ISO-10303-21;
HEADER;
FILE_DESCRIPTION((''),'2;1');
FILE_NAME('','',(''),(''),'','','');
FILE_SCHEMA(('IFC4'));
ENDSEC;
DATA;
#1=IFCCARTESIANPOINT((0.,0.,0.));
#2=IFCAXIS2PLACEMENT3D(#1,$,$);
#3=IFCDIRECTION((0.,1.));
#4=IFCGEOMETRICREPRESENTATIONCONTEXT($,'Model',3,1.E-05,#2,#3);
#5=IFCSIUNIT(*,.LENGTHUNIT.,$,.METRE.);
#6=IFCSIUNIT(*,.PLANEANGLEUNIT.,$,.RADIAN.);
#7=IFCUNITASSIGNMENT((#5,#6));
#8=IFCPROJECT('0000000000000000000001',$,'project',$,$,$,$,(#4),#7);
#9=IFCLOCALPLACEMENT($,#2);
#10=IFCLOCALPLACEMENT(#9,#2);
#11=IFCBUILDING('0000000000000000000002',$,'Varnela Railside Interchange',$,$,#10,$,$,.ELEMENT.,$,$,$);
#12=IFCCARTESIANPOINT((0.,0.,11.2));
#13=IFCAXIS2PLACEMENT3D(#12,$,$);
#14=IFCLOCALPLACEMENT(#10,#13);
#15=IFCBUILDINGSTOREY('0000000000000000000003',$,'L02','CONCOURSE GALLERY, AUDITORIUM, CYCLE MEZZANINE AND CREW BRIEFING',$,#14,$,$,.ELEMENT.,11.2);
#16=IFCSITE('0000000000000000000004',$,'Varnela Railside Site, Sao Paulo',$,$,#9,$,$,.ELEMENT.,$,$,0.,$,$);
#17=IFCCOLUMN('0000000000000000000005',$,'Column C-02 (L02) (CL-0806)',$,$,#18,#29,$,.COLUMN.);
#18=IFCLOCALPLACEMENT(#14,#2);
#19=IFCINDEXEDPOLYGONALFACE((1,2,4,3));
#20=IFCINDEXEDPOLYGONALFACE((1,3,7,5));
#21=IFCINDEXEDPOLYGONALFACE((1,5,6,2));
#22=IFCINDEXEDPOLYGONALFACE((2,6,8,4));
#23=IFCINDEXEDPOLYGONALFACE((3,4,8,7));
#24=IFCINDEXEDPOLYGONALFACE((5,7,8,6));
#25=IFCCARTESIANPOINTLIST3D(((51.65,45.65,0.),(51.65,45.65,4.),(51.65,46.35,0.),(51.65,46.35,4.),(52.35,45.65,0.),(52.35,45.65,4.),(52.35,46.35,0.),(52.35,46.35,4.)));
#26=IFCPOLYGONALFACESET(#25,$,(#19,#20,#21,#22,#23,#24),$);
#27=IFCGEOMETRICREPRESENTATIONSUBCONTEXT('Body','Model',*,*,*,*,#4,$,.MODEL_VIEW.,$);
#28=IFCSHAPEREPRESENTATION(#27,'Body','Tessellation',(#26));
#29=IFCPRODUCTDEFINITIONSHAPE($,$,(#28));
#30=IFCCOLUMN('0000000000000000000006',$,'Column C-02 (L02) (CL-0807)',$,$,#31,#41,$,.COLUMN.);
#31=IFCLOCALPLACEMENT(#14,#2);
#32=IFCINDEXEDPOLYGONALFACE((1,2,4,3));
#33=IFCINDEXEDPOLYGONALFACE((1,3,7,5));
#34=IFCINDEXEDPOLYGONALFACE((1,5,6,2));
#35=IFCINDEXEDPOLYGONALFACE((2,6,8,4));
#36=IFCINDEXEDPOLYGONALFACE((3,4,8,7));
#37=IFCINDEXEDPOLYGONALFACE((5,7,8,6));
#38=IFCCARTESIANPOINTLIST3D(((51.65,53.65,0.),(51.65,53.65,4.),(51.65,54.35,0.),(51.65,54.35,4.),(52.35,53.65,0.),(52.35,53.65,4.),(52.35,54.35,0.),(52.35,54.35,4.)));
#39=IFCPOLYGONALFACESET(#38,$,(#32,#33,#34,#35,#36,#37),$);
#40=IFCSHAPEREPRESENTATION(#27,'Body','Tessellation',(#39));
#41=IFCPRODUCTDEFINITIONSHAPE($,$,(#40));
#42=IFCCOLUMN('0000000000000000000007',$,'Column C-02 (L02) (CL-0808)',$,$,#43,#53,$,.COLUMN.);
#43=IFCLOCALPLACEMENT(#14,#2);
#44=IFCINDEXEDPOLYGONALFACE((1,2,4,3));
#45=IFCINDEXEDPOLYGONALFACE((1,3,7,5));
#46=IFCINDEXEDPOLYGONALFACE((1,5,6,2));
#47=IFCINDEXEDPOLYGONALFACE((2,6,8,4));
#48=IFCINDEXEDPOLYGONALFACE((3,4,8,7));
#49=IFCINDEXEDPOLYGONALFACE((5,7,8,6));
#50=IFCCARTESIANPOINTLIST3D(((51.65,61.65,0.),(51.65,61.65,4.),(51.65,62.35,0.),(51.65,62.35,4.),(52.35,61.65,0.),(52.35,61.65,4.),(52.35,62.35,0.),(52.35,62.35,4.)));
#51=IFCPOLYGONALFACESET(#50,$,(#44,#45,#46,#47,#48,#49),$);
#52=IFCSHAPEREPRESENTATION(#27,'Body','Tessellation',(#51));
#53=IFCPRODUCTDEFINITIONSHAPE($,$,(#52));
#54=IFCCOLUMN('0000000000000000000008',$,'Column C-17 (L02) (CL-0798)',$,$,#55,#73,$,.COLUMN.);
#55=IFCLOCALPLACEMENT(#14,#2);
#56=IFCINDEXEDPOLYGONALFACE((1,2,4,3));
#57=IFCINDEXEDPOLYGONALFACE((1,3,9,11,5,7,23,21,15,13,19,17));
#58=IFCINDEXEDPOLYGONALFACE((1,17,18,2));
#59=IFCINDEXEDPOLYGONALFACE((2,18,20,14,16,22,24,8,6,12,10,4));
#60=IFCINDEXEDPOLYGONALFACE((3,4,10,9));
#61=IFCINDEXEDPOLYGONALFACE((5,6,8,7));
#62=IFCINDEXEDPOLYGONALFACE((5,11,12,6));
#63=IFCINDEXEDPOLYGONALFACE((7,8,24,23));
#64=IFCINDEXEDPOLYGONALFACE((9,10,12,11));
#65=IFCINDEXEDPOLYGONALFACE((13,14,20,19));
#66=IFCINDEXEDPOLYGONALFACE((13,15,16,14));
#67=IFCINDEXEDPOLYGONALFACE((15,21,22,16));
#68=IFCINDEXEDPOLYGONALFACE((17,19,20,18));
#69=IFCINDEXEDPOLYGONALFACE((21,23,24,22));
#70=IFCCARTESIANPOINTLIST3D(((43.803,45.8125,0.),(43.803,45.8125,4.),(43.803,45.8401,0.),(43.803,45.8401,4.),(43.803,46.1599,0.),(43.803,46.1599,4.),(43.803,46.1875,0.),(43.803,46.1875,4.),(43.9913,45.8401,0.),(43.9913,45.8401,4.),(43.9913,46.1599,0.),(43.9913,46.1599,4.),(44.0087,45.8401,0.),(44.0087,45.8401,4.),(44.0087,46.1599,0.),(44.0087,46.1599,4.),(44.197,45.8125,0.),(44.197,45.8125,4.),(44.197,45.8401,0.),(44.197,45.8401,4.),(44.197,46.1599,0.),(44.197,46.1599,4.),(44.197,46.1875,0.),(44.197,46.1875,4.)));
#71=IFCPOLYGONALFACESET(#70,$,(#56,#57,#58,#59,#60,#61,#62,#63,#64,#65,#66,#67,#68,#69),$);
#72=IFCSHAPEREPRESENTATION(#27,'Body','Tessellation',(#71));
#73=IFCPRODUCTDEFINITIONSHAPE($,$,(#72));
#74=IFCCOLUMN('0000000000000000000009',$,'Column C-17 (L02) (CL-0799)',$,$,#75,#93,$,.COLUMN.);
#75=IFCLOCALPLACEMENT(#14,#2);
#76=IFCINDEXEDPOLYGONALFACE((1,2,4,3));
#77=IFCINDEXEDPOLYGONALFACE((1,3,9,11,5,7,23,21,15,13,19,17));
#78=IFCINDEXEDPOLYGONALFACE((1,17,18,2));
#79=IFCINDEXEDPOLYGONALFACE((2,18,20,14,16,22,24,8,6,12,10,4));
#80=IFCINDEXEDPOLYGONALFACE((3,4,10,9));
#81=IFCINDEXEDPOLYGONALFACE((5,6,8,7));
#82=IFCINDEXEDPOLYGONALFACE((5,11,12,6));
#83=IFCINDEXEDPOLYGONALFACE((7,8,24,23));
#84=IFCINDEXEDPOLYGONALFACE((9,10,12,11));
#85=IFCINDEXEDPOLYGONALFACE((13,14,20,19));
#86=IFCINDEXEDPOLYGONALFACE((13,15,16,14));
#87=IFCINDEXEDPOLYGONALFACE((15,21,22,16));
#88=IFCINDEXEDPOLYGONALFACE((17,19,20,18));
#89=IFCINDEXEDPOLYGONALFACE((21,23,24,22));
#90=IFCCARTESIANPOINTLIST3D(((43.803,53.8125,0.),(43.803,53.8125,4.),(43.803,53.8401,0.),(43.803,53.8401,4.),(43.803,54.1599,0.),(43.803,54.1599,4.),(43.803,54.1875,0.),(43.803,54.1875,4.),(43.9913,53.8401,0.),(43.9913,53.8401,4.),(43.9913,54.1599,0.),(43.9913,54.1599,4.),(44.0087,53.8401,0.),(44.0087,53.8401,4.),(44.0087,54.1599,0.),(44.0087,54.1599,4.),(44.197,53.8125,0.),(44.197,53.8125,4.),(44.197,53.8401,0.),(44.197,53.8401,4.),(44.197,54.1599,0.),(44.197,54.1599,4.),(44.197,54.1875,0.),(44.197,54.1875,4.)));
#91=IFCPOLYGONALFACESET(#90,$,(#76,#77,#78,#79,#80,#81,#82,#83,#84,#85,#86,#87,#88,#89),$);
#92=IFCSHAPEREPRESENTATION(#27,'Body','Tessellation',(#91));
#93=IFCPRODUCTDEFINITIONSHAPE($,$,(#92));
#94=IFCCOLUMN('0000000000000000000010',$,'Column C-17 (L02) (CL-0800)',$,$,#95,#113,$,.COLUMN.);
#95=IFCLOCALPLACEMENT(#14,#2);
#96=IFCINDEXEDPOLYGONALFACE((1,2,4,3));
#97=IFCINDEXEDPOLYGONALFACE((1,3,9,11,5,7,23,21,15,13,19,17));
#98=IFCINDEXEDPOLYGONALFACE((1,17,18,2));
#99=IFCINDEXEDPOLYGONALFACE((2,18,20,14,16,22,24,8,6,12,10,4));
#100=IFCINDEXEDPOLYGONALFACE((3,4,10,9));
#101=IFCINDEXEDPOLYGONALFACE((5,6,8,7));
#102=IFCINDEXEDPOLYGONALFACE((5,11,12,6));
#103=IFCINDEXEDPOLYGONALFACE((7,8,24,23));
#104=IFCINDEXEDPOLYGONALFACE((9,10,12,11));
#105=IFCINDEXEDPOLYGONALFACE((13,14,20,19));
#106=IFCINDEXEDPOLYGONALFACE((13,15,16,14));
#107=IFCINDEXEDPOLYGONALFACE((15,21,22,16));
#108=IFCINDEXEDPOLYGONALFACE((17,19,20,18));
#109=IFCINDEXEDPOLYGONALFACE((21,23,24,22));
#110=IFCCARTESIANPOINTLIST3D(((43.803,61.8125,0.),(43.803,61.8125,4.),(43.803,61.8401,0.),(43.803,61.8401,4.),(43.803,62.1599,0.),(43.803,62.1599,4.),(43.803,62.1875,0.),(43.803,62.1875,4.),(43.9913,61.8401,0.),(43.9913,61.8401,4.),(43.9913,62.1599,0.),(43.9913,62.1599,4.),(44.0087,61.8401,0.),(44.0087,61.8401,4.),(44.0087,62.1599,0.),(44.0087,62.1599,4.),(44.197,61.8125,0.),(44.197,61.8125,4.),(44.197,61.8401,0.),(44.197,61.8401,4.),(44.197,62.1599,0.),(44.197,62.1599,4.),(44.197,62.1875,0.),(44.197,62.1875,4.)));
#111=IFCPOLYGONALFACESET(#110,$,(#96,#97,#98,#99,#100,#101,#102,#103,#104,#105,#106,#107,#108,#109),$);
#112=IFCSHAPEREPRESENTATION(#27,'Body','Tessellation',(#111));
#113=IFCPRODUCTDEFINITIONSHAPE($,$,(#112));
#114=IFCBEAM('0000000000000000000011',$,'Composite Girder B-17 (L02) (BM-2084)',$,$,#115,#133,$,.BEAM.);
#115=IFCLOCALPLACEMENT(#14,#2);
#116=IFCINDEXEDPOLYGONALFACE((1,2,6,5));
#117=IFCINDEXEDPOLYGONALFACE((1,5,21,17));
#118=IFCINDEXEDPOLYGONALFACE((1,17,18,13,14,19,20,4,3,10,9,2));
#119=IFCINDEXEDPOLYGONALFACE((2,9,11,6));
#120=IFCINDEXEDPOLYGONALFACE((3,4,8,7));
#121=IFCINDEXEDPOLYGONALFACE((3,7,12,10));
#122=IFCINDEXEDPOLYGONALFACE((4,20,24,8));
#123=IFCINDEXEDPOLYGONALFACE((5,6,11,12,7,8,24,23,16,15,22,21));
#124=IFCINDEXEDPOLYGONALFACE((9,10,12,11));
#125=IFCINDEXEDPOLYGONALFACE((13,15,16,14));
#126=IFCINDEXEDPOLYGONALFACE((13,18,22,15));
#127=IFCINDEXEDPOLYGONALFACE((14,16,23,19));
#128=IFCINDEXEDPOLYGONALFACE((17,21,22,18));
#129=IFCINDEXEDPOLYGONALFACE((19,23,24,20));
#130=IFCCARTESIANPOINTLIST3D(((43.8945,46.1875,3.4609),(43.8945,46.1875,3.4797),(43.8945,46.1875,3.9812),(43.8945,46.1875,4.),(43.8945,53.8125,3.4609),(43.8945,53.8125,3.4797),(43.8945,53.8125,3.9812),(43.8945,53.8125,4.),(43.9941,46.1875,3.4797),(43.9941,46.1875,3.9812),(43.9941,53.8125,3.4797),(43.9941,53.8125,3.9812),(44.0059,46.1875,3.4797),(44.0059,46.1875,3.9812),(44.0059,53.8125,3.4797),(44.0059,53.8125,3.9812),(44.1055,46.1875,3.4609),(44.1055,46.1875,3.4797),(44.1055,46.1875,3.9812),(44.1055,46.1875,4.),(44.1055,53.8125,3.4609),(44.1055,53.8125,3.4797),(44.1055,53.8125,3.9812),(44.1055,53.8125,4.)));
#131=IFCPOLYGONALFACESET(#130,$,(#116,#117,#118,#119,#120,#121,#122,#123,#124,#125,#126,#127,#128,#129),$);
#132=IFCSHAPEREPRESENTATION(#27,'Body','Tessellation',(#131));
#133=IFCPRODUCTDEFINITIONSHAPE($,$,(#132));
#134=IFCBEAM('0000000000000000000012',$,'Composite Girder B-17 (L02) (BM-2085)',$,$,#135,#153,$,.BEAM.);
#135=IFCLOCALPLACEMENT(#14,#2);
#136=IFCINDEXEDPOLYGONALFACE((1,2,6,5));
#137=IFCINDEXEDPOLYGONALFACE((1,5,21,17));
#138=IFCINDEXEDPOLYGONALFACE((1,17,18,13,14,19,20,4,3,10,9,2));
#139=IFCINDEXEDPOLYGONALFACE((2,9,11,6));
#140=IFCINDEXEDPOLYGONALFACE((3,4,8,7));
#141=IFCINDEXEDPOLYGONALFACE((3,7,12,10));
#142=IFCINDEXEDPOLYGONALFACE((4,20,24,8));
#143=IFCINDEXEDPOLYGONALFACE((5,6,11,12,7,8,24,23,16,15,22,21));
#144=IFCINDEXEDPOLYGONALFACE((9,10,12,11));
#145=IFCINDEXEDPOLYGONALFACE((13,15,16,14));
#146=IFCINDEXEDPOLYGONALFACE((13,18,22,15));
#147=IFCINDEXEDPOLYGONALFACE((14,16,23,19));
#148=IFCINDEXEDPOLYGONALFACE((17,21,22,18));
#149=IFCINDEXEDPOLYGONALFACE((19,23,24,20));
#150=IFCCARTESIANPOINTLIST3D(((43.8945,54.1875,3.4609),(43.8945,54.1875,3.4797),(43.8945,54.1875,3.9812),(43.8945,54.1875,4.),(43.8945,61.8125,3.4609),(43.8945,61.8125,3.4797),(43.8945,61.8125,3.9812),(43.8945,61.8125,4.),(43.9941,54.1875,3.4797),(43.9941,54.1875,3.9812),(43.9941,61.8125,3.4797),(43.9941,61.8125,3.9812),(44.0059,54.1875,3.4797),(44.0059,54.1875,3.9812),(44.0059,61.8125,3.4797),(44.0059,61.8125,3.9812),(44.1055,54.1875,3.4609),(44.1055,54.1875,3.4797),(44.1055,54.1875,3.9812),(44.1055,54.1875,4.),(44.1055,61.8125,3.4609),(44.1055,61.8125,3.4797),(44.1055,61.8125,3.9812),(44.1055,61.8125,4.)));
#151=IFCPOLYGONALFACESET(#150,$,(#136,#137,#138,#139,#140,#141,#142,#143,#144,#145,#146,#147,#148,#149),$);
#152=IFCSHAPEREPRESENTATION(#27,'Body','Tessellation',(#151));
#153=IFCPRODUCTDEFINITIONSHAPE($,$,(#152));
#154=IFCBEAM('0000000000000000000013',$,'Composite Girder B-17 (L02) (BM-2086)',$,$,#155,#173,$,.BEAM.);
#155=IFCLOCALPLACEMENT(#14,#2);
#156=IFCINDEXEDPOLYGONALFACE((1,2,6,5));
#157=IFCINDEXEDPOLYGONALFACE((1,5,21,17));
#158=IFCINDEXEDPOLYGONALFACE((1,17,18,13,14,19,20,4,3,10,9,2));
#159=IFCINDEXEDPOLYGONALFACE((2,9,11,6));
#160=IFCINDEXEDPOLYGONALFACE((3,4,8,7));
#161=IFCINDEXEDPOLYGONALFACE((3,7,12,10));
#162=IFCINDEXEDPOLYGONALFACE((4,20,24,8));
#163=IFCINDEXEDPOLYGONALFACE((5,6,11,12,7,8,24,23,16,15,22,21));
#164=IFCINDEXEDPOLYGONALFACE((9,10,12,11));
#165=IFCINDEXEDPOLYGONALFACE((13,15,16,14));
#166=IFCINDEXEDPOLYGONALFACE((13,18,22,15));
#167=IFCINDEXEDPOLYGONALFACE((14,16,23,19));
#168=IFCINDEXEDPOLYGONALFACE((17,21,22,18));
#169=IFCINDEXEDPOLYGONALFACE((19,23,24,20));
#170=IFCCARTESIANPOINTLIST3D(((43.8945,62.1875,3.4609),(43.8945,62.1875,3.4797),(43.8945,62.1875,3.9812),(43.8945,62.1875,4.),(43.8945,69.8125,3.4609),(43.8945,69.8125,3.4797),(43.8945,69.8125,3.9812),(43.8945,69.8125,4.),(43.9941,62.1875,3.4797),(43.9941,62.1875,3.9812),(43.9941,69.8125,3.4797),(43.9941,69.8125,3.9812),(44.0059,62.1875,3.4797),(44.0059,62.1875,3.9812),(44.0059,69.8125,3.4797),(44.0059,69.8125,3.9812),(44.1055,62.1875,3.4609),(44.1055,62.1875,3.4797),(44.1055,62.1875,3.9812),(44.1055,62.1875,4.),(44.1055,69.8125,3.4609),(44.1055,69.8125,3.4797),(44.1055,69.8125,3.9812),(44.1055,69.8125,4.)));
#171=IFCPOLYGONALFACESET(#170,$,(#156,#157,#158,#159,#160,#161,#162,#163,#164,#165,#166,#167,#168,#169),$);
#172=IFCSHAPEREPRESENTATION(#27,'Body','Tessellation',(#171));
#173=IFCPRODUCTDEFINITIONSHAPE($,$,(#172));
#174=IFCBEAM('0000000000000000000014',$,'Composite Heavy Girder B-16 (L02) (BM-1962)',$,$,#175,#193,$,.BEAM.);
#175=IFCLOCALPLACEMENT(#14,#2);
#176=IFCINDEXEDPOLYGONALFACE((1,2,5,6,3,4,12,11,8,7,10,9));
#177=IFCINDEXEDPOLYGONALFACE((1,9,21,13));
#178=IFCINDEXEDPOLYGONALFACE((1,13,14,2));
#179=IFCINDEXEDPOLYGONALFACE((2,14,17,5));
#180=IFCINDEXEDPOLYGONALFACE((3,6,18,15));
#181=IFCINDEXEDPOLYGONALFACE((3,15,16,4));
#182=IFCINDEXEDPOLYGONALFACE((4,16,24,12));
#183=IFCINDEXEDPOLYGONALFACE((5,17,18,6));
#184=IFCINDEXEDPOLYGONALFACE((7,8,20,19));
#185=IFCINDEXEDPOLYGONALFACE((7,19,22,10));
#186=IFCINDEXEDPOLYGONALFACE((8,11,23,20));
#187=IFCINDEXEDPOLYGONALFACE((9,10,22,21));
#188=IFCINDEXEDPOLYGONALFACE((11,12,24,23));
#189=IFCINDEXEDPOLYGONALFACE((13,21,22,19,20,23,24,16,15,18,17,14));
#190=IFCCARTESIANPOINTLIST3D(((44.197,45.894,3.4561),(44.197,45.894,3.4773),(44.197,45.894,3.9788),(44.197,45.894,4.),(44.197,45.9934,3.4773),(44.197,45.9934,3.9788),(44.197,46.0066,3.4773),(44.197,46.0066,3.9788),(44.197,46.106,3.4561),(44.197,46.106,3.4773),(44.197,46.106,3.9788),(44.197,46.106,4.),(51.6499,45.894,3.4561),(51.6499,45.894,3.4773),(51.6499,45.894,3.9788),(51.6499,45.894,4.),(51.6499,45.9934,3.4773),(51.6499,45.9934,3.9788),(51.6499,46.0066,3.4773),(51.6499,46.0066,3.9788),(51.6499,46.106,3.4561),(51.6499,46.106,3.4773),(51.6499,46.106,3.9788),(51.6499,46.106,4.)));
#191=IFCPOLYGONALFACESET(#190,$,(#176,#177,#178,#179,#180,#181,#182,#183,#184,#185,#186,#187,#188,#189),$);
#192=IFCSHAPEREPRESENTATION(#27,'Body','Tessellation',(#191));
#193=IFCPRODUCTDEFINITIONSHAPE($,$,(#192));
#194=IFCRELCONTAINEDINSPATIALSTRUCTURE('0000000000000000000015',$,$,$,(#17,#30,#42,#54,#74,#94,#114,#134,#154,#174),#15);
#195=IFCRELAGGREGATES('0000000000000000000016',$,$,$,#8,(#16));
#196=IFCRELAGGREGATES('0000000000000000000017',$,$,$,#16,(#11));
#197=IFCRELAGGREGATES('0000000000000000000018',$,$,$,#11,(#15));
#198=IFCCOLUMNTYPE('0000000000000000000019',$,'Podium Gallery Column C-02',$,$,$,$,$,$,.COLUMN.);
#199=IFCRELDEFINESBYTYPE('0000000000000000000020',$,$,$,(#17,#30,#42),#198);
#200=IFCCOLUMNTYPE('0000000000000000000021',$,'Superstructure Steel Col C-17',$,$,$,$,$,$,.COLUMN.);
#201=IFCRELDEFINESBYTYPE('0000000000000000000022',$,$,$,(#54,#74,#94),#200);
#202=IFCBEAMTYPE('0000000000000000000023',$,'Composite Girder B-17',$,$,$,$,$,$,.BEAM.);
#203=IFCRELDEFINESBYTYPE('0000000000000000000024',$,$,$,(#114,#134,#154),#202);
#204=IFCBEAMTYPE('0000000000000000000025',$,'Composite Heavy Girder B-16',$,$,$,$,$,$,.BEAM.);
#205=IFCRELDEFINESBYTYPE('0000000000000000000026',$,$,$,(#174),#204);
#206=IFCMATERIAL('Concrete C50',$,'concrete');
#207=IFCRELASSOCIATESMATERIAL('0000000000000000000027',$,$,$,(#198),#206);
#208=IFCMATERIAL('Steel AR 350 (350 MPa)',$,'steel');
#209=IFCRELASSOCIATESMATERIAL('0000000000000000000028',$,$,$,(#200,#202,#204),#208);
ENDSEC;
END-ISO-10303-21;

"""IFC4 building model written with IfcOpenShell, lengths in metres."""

from ifc_helpers import new_model, si_unit, direction, frame, origin, origin_2d, place, context, subcontext, project, spatial, rectangle, i_section, extrude, material, material_profile, profile_set, type_object, element, save


model = new_model("IFC4")

# Units and contexts
model_context = context("Model", 3, precision=1e-05, world=origin(), true_north=direction((0.0, 1.0)))
body_context = subcontext(model_context, "Body", "Model", "MODEL_VIEW")
ifc_project = project(units=[si_unit("LENGTHUNIT", "METRE"), si_unit("PLANEANGLEUNIT", "RADIAN")], contexts=[model_context])

# Site, building, storey
site_placement = place(None, origin())
site = spatial("IfcSite", under=ifc_project, at=site_placement, Name="Varnela Railside Site, Sao Paulo", CompositionType="ELEMENT", RefElevation=0.0)
building_placement = place(site_placement, origin())
building = spatial("IfcBuilding", under=site, at=building_placement, Name="Varnela Railside Interchange", CompositionType="ELEMENT")
storey_placement = place(building_placement, frame((0.0, 0.0, 11.2)))
storey = spatial("IfcBuildingStorey", under=building, at=storey_placement, Name="L02", Description="CONCOURSE GALLERY, AUDITORIUM, CYCLE MEZZANINE AND CREW BRIEFING", CompositionType="ELEMENT", Elevation=11.2)

# Columns
ifc_material_1 = material(Name="Concrete C50", Category="concrete")
ifc_material_profile_1 = material_profile(ifc_material_1, rectangle(XDim=0.7, YDim=0.7, at=origin_2d()), Name="RC 700x700")
ifc_profile_set_1 = profile_set([ifc_material_profile_1], Name="Concrete C50")
column_type_1 = type_object("IfcColumnType", Name="Podium Gallery Column C-02", PredefinedType="COLUMN", material=ifc_profile_set_1)
for number, where, z_axis, x_axis, name in (
    (1, (52.0, 46.0, 0.0), (0.0, 0.0, 1.0), (1.0, 0.0, 0.0), "Column C-02 (L02) (CL-0806)"),
    (2, (52.0, 54.0, 0.0), (0.0, 0.0, 1.0), (1.0, 0.0, 0.0), "Column C-02 (L02) (CL-0807)"),
    (3, (52.0, 62.0, 0.0), (0.0, 0.0, 1.0), (1.0, 0.0, 0.0), "Column C-02 (L02) (CL-0808)"),
):
    element("IfcColumn", number, at=place(storey_placement, frame(where, z_axis=z_axis, x_axis=x_axis)), inside=storey, type_object=column_type_1, Name=name, PredefinedType="COLUMN", context=body_context, shape_type="SweptSolid", body=[
        extrude(rectangle(XDim=0.7, YDim=0.7, at=origin_2d()), origin(), (0.0, 0.0, 1.0), 4.0),
    ])
ifc_material_2 = material(Name="Steel AR 350 (350 MPa)", Category="steel")
ifc_material_profile_2 = material_profile(ifc_material_2, i_section(OverallWidth=0.394, OverallDepth=0.375, WebThickness=0.0173, FlangeThickness=0.0276, at=origin_2d()), Name="W360x216")
ifc_profile_set_2 = profile_set([ifc_material_profile_2], Name="Steel AR 350 (350 MPa)")
column_type_2 = type_object("IfcColumnType", Name="Superstructure Steel Col C-17", PredefinedType="COLUMN", material=ifc_profile_set_2)
for number, where, z_axis, x_axis, name in (
    (4, (44.0, 46.0, 0.0), (0.0, 0.0, 1.0), (1.0, 0.0, 0.0), "Column C-17 (L02) (CL-0798)"),
    (5, (44.0, 54.0, 0.0), (0.0, 0.0, 1.0), (1.0, 0.0, 0.0), "Column C-17 (L02) (CL-0799)"),
    (6, (44.0, 62.0, 0.0), (0.0, 0.0, 1.0), (1.0, 0.0, 0.0), "Column C-17 (L02) (CL-0800)"),
):
    element("IfcColumn", number, at=place(storey_placement, frame(where, z_axis=z_axis, x_axis=x_axis)), inside=storey, type_object=column_type_2, Name=name, PredefinedType="COLUMN", context=body_context, shape_type="SweptSolid", body=[
        extrude(i_section(OverallWidth=0.394, OverallDepth=0.375, WebThickness=0.0173, FlangeThickness=0.0276, at=origin_2d()), origin(), (0.0, 0.0, 1.0), 4.0),
    ])

# Beams
ifc_material_profile_3 = material_profile(ifc_material_2, i_section(OverallWidth=0.2109, OverallDepth=0.5391, WebThickness=0.0117, FlangeThickness=0.0188, at=origin_2d()), Name="W530x109")
ifc_profile_set_3 = profile_set([ifc_material_profile_3], Name="Steel AR 350 (350 MPa)")
beam_type_1 = type_object("IfcBeamType", Name="Composite Girder B-17", PredefinedType="BEAM", material=ifc_profile_set_3)
for number, where, z_axis, x_axis, name in (
    (7, (44.0, 46.1875, 3.7305), (0.0, 1.0, 0.0), (-1.0, 0.0, 0.0), "Composite Girder B-17 (L02) (BM-2084)"),
    (8, (44.0, 54.1875, 3.7305), (0.0, 1.0, 0.0), (-1.0, 0.0, 0.0), "Composite Girder B-17 (L02) (BM-2085)"),
    (9, (44.0, 62.1875, 3.7305), (0.0, 1.0, 0.0), (-1.0, 0.0, 0.0), "Composite Girder B-17 (L02) (BM-2086)"),
):
    element("IfcBeam", number, at=place(storey_placement, frame(where, z_axis=z_axis, x_axis=x_axis)), inside=storey, type_object=beam_type_1, Name=name, PredefinedType="BEAM", context=body_context, shape_type="SweptSolid", body=[
        extrude(i_section(OverallWidth=0.2109, OverallDepth=0.5391, WebThickness=0.0117, FlangeThickness=0.0188, at=origin_2d()), origin(), (0.0, 0.0, 1.0), 7.625),
    ])
ifc_material_profile_4 = material_profile(ifc_material_2, i_section(OverallWidth=0.2119, OverallDepth=0.5439, WebThickness=0.0132, FlangeThickness=0.0212, at=origin_2d()), Name="W530x123")
ifc_profile_set_4 = profile_set([ifc_material_profile_4], Name="Steel AR 350 (350 MPa)")
beam_type_2 = type_object("IfcBeamType", Name="Composite Heavy Girder B-16", PredefinedType="BEAM", material=ifc_profile_set_4)
for number, where, z_axis, x_axis, name in (
    (10, (44.197, 46.0, 3.728), (1.0, 0.0, 0.0), (0.0, 1.0, 0.0), "Composite Heavy Girder B-16 (L02) (BM-1962)"),
):
    element("IfcBeam", number, at=place(storey_placement, frame(where, z_axis=z_axis, x_axis=x_axis)), inside=storey, type_object=beam_type_2, Name=name, PredefinedType="BEAM", context=body_context, shape_type="SweptSolid", body=[
        extrude(i_section(OverallWidth=0.2119, OverallDepth=0.5439, WebThickness=0.0132, FlangeThickness=0.0212, at=origin_2d()), origin(), (0.0, 0.0, 1.0), 7.4529),
    ])

save(model, "model.ifc")
